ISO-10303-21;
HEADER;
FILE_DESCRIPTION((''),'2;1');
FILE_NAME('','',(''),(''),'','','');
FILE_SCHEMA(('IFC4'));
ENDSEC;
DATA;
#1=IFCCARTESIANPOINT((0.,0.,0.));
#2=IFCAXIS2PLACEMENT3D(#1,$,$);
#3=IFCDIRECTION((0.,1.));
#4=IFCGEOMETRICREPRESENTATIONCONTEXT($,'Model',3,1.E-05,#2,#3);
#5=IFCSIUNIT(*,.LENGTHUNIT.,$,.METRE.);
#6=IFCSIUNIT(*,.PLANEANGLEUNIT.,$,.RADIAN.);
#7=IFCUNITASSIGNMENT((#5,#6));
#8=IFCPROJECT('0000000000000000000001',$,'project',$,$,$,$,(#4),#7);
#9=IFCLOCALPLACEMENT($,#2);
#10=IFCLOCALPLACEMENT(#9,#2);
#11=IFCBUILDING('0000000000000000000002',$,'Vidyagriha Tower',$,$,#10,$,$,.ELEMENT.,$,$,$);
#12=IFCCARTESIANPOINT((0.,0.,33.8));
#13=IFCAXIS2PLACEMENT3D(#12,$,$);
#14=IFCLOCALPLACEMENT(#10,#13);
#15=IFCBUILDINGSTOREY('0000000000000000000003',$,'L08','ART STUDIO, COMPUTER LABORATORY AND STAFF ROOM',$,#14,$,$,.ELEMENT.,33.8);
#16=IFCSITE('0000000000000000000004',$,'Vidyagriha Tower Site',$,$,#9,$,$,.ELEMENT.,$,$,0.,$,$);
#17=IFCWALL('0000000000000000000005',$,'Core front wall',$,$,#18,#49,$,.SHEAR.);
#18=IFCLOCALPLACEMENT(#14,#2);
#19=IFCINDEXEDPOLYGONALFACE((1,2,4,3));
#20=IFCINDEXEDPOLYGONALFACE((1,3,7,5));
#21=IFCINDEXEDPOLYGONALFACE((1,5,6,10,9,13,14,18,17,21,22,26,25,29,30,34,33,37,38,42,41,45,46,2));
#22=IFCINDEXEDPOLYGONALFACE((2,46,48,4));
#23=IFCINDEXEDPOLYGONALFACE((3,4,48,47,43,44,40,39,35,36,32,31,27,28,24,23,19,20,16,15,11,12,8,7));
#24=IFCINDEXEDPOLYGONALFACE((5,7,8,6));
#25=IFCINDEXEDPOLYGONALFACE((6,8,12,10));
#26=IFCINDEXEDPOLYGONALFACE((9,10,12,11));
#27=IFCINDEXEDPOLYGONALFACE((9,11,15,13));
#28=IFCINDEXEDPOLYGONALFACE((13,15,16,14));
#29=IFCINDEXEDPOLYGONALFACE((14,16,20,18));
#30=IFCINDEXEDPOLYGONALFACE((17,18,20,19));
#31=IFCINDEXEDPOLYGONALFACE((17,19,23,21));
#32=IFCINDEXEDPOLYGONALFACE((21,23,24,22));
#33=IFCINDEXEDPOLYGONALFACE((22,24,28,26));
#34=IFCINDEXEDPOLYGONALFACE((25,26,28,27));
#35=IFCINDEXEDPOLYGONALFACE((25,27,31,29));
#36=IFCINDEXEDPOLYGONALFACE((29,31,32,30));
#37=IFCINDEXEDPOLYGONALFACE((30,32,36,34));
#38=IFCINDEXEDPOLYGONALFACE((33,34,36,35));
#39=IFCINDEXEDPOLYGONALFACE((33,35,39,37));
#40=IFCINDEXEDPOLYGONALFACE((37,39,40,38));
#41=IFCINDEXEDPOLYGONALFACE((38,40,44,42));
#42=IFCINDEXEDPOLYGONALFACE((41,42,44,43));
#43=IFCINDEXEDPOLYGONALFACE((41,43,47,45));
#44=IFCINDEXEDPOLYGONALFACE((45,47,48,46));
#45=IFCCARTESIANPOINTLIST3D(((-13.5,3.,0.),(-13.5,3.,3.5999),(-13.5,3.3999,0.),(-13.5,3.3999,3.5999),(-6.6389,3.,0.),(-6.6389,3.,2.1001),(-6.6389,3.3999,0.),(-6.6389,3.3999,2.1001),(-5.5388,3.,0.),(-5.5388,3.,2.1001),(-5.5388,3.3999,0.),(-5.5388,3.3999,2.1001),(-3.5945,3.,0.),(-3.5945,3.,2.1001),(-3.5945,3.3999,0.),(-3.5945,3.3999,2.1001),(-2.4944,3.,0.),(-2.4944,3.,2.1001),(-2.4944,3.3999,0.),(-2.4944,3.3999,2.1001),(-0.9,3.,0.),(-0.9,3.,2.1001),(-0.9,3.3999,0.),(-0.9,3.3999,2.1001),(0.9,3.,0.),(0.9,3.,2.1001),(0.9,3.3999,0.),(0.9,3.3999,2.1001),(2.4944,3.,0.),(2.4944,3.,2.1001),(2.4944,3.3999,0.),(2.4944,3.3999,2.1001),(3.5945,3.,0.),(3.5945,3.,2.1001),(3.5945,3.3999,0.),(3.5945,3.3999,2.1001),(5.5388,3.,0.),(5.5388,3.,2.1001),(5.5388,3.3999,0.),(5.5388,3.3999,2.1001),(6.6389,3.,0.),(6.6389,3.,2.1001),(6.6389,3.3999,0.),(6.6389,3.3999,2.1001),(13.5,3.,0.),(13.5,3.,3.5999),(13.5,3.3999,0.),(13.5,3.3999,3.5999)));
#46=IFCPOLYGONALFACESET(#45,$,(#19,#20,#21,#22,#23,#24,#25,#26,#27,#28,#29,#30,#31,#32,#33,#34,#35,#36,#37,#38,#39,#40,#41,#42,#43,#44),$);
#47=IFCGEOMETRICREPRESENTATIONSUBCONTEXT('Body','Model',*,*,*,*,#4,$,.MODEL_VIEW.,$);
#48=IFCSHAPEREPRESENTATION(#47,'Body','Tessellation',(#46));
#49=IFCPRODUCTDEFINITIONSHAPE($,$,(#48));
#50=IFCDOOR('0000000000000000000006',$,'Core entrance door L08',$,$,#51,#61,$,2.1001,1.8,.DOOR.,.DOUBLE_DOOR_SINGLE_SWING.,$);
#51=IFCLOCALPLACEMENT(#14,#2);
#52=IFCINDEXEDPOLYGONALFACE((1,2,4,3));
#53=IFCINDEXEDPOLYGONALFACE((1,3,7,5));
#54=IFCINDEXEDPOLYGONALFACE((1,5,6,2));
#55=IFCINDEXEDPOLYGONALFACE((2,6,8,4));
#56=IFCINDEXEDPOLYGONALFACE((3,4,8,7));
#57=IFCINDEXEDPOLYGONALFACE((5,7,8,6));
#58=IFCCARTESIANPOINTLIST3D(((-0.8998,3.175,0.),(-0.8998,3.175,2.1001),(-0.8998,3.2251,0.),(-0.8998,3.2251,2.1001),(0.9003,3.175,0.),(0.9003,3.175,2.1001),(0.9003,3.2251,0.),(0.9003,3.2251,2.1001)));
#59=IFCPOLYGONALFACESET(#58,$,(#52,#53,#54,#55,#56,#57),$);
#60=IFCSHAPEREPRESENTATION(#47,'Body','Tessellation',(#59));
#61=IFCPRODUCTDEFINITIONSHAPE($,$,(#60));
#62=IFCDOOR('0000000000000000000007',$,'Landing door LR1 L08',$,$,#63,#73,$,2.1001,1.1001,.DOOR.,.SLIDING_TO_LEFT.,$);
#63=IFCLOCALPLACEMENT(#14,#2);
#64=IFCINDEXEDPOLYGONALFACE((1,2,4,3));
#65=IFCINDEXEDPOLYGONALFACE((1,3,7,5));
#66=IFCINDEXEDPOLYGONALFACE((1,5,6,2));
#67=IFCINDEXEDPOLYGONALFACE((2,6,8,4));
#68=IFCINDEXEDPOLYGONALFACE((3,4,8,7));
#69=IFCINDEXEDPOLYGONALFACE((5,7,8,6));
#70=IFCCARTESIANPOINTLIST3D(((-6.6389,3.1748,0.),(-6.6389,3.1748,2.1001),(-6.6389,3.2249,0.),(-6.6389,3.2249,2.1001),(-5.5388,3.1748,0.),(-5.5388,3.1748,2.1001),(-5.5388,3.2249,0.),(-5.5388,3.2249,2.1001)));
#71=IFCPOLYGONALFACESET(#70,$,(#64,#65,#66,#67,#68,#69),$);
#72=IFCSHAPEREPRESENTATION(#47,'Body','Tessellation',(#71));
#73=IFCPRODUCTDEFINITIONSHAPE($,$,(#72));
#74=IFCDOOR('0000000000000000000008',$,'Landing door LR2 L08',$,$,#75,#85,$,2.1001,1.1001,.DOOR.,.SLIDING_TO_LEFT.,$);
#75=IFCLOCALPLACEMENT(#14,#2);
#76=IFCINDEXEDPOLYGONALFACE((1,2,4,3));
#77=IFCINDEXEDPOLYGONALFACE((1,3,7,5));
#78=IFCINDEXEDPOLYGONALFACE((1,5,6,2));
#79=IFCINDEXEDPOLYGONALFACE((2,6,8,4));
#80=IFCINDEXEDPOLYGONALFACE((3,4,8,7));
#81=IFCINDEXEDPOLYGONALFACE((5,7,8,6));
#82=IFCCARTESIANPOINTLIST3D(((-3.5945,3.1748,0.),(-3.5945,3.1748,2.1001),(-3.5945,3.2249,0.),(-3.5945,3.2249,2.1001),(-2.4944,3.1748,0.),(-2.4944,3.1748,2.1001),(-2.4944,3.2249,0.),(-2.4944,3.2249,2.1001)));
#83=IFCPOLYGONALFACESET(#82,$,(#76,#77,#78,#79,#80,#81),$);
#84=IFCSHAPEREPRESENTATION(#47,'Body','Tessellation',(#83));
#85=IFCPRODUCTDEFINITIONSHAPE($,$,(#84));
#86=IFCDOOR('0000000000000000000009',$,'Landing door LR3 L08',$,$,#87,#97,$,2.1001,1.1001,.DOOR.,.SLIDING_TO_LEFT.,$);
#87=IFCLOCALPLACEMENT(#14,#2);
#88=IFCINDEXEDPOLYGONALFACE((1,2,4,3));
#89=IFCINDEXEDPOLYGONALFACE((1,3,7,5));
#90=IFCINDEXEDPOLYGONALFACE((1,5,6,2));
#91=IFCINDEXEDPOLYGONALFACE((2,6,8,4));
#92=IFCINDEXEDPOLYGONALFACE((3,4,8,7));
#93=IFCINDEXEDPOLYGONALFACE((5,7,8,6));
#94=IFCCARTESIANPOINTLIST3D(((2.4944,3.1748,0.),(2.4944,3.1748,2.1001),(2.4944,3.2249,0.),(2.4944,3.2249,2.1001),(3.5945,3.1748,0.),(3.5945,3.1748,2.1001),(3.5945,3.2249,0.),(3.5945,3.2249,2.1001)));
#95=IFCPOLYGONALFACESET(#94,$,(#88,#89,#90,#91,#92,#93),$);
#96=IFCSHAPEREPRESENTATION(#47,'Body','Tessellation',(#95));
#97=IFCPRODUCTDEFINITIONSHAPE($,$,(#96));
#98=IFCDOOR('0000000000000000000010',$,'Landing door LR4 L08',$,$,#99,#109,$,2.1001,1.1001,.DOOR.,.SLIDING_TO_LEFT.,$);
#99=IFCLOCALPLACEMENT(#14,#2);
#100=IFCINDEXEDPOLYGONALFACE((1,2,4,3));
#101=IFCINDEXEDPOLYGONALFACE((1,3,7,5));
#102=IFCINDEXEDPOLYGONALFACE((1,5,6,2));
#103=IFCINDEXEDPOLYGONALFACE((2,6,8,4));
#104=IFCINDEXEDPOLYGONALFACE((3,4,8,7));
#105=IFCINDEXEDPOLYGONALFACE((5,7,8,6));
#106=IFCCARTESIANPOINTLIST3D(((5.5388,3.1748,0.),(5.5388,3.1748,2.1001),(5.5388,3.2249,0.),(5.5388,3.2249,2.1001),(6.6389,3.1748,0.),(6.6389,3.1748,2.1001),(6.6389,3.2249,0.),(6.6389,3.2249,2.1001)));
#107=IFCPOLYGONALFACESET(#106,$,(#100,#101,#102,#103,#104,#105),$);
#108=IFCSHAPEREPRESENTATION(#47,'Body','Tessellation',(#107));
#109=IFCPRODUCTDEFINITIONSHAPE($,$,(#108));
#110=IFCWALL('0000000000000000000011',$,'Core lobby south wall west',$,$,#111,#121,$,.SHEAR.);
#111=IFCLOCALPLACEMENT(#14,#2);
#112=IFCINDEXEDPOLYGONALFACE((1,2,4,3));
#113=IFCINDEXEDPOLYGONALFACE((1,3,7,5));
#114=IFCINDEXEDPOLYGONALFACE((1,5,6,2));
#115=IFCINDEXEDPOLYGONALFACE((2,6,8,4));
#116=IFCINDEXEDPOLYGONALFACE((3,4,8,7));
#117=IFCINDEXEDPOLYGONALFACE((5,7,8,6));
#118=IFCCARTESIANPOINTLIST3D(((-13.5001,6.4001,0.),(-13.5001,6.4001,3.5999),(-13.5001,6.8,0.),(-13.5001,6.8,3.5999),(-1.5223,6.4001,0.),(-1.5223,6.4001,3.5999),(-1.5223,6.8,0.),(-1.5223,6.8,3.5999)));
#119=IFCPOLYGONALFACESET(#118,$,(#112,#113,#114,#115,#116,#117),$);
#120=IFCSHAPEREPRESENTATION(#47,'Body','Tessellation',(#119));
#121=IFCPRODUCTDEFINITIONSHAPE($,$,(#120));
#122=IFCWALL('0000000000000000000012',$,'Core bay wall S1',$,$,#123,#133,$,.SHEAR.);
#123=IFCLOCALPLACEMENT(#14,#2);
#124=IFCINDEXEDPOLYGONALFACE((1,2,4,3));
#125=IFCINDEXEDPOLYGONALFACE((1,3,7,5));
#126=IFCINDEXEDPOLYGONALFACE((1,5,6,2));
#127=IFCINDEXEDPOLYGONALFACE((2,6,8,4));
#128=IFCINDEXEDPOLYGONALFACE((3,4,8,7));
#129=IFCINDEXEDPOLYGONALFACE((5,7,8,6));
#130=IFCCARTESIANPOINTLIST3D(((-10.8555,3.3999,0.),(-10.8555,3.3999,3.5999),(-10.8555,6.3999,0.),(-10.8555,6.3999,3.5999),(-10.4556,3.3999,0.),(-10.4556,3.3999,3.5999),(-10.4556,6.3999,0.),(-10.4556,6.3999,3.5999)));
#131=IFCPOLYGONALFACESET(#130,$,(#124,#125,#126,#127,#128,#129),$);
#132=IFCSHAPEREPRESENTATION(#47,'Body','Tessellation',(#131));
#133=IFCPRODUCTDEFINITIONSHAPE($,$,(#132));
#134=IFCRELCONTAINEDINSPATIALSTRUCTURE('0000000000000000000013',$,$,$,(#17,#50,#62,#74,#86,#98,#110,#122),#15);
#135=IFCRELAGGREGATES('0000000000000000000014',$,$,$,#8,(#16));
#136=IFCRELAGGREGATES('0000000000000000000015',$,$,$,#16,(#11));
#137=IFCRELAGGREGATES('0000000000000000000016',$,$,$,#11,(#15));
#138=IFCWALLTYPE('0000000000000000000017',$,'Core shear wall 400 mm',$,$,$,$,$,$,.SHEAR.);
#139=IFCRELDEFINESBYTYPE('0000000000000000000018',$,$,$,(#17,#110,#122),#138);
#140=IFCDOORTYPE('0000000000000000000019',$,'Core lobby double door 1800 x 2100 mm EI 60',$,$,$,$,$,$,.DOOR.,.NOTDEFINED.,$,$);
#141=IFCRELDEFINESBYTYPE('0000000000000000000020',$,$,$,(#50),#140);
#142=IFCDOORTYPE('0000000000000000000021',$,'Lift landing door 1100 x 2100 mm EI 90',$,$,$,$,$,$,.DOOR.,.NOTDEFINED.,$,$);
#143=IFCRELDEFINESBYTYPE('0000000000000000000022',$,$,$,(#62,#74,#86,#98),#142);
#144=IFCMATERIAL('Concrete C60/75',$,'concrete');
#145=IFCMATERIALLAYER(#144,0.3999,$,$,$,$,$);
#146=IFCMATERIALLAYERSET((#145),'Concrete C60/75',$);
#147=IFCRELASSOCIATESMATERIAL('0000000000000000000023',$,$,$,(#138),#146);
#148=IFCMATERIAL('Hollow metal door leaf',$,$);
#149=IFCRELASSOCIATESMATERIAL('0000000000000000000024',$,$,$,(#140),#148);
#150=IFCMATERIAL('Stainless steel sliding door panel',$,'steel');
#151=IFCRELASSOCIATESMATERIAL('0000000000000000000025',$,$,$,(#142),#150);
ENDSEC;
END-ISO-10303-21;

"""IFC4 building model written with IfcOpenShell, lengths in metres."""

from ifc_helpers import new_model, si_unit, direction, frame, frame_2d, origin, place, context, subcontext, project, spatial, rectangle, extrude, material, layer, layer_set, type_object, element, fill, save


model = new_model("IFC4")

# Units and contexts
model_context = context("Model", 3, precision=1e-05, world=origin(), true_north=direction((0.0, 1.0)))
body_context = subcontext(model_context, "Body", "Model", "MODEL_VIEW")
ifc_project = project(units=[si_unit("LENGTHUNIT", "METRE"), si_unit("PLANEANGLEUNIT", "RADIAN")], contexts=[model_context])

# Site, building, storey
site_placement = place(None, origin())
site = spatial("IfcSite", under=ifc_project, at=site_placement, Name="Vidyagriha Tower Site", CompositionType="ELEMENT", RefElevation=0.0)
building_placement = place(site_placement, origin())
building = spatial("IfcBuilding", under=site, at=building_placement, Name="Vidyagriha Tower", CompositionType="ELEMENT")
storey_placement = place(building_placement, frame((0.0, 0.0, 33.8)))
storey = spatial("IfcBuildingStorey", under=building, at=storey_placement, Name="L08", Description="ART STUDIO, COMPUTER LABORATORY AND STAFF ROOM", CompositionType="ELEMENT", Elevation=33.8)

# Wall, openings, doors
ifc_material_1 = material(Name="Concrete C60/75", Category="concrete")
ifc_layer_1 = layer(ifc_material_1, 0.3999)
ifc_layer_set_1 = layer_set([ifc_layer_1], Name="Concrete C60/75")
wall_type_1 = type_object("IfcWallType", Name="Core shear wall 400 mm", PredefinedType="SHEAR", material=ifc_layer_set_1)
wall_1_placement = place(storey_placement, frame((-13.5, 3.2, 0.0)))
wall_1 = element("IfcWall", 1, at=wall_1_placement, inside=storey, type_object=wall_type_1, Name="Core front wall", PredefinedType="SHEAR", context=body_context, shape_type="SweptSolid", body=[
    extrude(rectangle(XDim=27.0, YDim=0.3999, at=frame_2d((13.5, 0.0))), origin(), (0.0, 0.0, 1.0), 3.5999),
])
opening_1_placement = place(wall_1_placement, frame((6.8611, 0.0, 0.0)))
opening_1 = element("IfcOpeningElement", 2, at=opening_1_placement, cuts=wall_1, PredefinedType="OPENING", context=body_context, shape_type="SweptSolid", body=[
    extrude(rectangle(XDim=1.1001, YDim=2.1001, at=frame_2d((0.55, 1.05))), frame((0.0, 0.21, 0.0), z_axis=(0.0, -1.0, 0.0), x_axis=(1.0, 0.0, 0.0)), (0.0, 0.0, 1.0), 0.4199),
])
opening_2_placement = place(wall_1_placement, frame((9.9055, 0.0, 0.0)))
opening_2 = element("IfcOpeningElement", 3, at=opening_2_placement, cuts=wall_1, PredefinedType="OPENING", context=body_context, shape_type="SweptSolid", body=[
    extrude(rectangle(XDim=1.1001, YDim=2.1001, at=frame_2d((0.55, 1.05))), frame((0.0, 0.21, 0.0), z_axis=(0.0, -1.0, 0.0), x_axis=(1.0, 0.0, 0.0)), (0.0, 0.0, 1.0), 0.4199),
])
opening_3_placement = place(wall_1_placement, frame((15.9944, 0.0, 0.0)))
opening_3 = element("IfcOpeningElement", 4, at=opening_3_placement, cuts=wall_1, PredefinedType="OPENING", context=body_context, shape_type="SweptSolid", body=[
    extrude(rectangle(XDim=1.1001, YDim=2.1001, at=frame_2d((0.55, 1.05))), frame((0.0, 0.21, 0.0), z_axis=(0.0, -1.0, 0.0), x_axis=(1.0, 0.0, 0.0)), (0.0, 0.0, 1.0), 0.4199),
])
opening_4_placement = place(wall_1_placement, frame((19.0388, 0.0, 0.0)))
opening_4 = element("IfcOpeningElement", 5, at=opening_4_placement, cuts=wall_1, PredefinedType="OPENING", context=body_context, shape_type="SweptSolid", body=[
    extrude(rectangle(XDim=1.1001, YDim=2.1001, at=frame_2d((0.55, 1.05))), frame((0.0, 0.21, 0.0), z_axis=(0.0, -1.0, 0.0), x_axis=(1.0, 0.0, 0.0)), (0.0, 0.0, 1.0), 0.4199),
])
opening_5_placement = place(wall_1_placement, frame((12.6001, 0.0, 0.0)))
opening_5 = element("IfcOpeningElement", 6, at=opening_5_placement, cuts=wall_1, PredefinedType="OPENING", context=body_context, shape_type="SweptSolid", body=[
    extrude(rectangle(XDim=1.8, YDim=2.1001, at=frame_2d((0.8999, 1.05))), frame((0.0, 0.21, 0.0), z_axis=(0.0, -1.0, 0.0), x_axis=(1.0, 0.0, 0.0)), (0.0, 0.0, 1.0), 0.4199),
])
ifc_material_2 = material(Name="Hollow metal door leaf")
door_type_1 = type_object("IfcDoorType", Name="Core lobby double door 1800 x 2100 mm EI 60", OperationType="NOTDEFINED", PredefinedType="DOOR", material=ifc_material_2)
door_1_placement = place(opening_5_placement, frame((1.8, 0.0, 0.0), z_axis=(0.0, 0.0, 1.0), x_axis=(-1.0, 0.0, 0.0)))
door_1 = element("IfcDoor", 7, at=door_1_placement, inside=storey, type_object=door_type_1, Name="Core entrance door L08", OperationType="DOUBLE_DOOR_SINGLE_SWING", OverallHeight=2.1001, OverallWidth=1.8, PredefinedType="DOOR", context=body_context, shape_type="SweptSolid", body=[
    extrude(rectangle(XDim=1.8, YDim=2.1001, at=frame_2d((0.8999, 1.05))), frame((0.0, 0.0249, 0.0), z_axis=(0.0, -1.0, 0.0), x_axis=(1.0, 0.0, 0.0)), (0.0, 0.0, 1.0), 0.05),
])
fill(opening_5, door_1)
ifc_material_3 = material(Name="Stainless steel sliding door panel", Category="steel")
door_type_2 = type_object("IfcDoorType", Name="Lift landing door 1100 x 2100 mm EI 90", OperationType="NOTDEFINED", PredefinedType="DOOR", material=ifc_material_3)
door_2_placement = place(opening_1_placement, origin())
door_2 = element("IfcDoor", 8, at=door_2_placement, inside=storey, type_object=door_type_2, Name="Landing door LR1 L08", OperationType="SLIDING_TO_LEFT", OverallHeight=2.1001, OverallWidth=1.1001, PredefinedType="DOOR", context=body_context, shape_type="SweptSolid", body=[
    extrude(rectangle(XDim=1.1001, YDim=2.1001, at=frame_2d((0.55, 1.05))), frame((0.0, 0.0249, 0.0), z_axis=(0.0, -1.0, 0.0), x_axis=(1.0, 0.0, 0.0)), (0.0, 0.0, 1.0), 0.05),
])
fill(opening_1, door_2)
door_3_placement = place(opening_2_placement, origin())
door_3 = element("IfcDoor", 9, at=door_3_placement, inside=storey, type_object=door_type_2, Name="Landing door LR2 L08", OperationType="SLIDING_TO_LEFT", OverallHeight=2.1001, OverallWidth=1.1001, PredefinedType="DOOR", context=body_context, shape_type="SweptSolid", body=[
    extrude(rectangle(XDim=1.1001, YDim=2.1001, at=frame_2d((0.55, 1.05))), frame((0.0, 0.0249, 0.0), z_axis=(0.0, -1.0, 0.0), x_axis=(1.0, 0.0, 0.0)), (0.0, 0.0, 1.0), 0.05),
])
fill(opening_2, door_3)
door_4_placement = place(opening_3_placement, origin())
door_4 = element("IfcDoor", 10, at=door_4_placement, inside=storey, type_object=door_type_2, Name="Landing door LR3 L08", OperationType="SLIDING_TO_LEFT", OverallHeight=2.1001, OverallWidth=1.1001, PredefinedType="DOOR", context=body_context, shape_type="SweptSolid", body=[
    extrude(rectangle(XDim=1.1001, YDim=2.1001, at=frame_2d((0.55, 1.05))), frame((0.0, 0.0249, 0.0), z_axis=(0.0, -1.0, 0.0), x_axis=(1.0, 0.0, 0.0)), (0.0, 0.0, 1.0), 0.05),
])
fill(opening_3, door_4)
door_5_placement = place(opening_4_placement, origin())
door_5 = element("IfcDoor", 11, at=door_5_placement, inside=storey, type_object=door_type_2, Name="Landing door LR4 L08", OperationType="SLIDING_TO_LEFT", OverallHeight=2.1001, OverallWidth=1.1001, PredefinedType="DOOR", context=body_context, shape_type="SweptSolid", body=[
    extrude(rectangle(XDim=1.1001, YDim=2.1001, at=frame_2d((0.55, 1.05))), frame((0.0, 0.0249, 0.0), z_axis=(0.0, -1.0, 0.0), x_axis=(1.0, 0.0, 0.0)), (0.0, 0.0, 1.0), 0.05),
])
fill(opening_4, door_5)

# Walls
wall_2_placement = place(storey_placement, frame((-13.5, 6.6001, 0.0)))
element("IfcWall", 12, at=wall_2_placement, inside=storey, type_object=wall_type_1, Name="Core lobby south wall west", PredefinedType="SHEAR", context=body_context, shape_type="SweptSolid", body=[
    extrude(rectangle(XDim=11.9778, YDim=0.3999, at=frame_2d((5.9888, 0.0))), origin(), (0.0, 0.0, 1.0), 3.5999),
])
wall_3_placement = place(storey_placement, frame((-10.6555, 3.3999, 0.0), z_axis=(0.0, 0.0, 1.0), x_axis=(0.0, 1.0, 0.0)))
element("IfcWall", 13, at=wall_3_placement, inside=storey, type_object=wall_type_1, Name="Core bay wall S1", PredefinedType="SHEAR", context=body_context, shape_type="SweptSolid", body=[
    extrude(rectangle(XDim=3.0, YDim=0.3999, at=frame_2d((1.5, 0.0))), origin(), (0.0, 0.0, 1.0), 3.5999),
])

save(model, "model.ifc")
